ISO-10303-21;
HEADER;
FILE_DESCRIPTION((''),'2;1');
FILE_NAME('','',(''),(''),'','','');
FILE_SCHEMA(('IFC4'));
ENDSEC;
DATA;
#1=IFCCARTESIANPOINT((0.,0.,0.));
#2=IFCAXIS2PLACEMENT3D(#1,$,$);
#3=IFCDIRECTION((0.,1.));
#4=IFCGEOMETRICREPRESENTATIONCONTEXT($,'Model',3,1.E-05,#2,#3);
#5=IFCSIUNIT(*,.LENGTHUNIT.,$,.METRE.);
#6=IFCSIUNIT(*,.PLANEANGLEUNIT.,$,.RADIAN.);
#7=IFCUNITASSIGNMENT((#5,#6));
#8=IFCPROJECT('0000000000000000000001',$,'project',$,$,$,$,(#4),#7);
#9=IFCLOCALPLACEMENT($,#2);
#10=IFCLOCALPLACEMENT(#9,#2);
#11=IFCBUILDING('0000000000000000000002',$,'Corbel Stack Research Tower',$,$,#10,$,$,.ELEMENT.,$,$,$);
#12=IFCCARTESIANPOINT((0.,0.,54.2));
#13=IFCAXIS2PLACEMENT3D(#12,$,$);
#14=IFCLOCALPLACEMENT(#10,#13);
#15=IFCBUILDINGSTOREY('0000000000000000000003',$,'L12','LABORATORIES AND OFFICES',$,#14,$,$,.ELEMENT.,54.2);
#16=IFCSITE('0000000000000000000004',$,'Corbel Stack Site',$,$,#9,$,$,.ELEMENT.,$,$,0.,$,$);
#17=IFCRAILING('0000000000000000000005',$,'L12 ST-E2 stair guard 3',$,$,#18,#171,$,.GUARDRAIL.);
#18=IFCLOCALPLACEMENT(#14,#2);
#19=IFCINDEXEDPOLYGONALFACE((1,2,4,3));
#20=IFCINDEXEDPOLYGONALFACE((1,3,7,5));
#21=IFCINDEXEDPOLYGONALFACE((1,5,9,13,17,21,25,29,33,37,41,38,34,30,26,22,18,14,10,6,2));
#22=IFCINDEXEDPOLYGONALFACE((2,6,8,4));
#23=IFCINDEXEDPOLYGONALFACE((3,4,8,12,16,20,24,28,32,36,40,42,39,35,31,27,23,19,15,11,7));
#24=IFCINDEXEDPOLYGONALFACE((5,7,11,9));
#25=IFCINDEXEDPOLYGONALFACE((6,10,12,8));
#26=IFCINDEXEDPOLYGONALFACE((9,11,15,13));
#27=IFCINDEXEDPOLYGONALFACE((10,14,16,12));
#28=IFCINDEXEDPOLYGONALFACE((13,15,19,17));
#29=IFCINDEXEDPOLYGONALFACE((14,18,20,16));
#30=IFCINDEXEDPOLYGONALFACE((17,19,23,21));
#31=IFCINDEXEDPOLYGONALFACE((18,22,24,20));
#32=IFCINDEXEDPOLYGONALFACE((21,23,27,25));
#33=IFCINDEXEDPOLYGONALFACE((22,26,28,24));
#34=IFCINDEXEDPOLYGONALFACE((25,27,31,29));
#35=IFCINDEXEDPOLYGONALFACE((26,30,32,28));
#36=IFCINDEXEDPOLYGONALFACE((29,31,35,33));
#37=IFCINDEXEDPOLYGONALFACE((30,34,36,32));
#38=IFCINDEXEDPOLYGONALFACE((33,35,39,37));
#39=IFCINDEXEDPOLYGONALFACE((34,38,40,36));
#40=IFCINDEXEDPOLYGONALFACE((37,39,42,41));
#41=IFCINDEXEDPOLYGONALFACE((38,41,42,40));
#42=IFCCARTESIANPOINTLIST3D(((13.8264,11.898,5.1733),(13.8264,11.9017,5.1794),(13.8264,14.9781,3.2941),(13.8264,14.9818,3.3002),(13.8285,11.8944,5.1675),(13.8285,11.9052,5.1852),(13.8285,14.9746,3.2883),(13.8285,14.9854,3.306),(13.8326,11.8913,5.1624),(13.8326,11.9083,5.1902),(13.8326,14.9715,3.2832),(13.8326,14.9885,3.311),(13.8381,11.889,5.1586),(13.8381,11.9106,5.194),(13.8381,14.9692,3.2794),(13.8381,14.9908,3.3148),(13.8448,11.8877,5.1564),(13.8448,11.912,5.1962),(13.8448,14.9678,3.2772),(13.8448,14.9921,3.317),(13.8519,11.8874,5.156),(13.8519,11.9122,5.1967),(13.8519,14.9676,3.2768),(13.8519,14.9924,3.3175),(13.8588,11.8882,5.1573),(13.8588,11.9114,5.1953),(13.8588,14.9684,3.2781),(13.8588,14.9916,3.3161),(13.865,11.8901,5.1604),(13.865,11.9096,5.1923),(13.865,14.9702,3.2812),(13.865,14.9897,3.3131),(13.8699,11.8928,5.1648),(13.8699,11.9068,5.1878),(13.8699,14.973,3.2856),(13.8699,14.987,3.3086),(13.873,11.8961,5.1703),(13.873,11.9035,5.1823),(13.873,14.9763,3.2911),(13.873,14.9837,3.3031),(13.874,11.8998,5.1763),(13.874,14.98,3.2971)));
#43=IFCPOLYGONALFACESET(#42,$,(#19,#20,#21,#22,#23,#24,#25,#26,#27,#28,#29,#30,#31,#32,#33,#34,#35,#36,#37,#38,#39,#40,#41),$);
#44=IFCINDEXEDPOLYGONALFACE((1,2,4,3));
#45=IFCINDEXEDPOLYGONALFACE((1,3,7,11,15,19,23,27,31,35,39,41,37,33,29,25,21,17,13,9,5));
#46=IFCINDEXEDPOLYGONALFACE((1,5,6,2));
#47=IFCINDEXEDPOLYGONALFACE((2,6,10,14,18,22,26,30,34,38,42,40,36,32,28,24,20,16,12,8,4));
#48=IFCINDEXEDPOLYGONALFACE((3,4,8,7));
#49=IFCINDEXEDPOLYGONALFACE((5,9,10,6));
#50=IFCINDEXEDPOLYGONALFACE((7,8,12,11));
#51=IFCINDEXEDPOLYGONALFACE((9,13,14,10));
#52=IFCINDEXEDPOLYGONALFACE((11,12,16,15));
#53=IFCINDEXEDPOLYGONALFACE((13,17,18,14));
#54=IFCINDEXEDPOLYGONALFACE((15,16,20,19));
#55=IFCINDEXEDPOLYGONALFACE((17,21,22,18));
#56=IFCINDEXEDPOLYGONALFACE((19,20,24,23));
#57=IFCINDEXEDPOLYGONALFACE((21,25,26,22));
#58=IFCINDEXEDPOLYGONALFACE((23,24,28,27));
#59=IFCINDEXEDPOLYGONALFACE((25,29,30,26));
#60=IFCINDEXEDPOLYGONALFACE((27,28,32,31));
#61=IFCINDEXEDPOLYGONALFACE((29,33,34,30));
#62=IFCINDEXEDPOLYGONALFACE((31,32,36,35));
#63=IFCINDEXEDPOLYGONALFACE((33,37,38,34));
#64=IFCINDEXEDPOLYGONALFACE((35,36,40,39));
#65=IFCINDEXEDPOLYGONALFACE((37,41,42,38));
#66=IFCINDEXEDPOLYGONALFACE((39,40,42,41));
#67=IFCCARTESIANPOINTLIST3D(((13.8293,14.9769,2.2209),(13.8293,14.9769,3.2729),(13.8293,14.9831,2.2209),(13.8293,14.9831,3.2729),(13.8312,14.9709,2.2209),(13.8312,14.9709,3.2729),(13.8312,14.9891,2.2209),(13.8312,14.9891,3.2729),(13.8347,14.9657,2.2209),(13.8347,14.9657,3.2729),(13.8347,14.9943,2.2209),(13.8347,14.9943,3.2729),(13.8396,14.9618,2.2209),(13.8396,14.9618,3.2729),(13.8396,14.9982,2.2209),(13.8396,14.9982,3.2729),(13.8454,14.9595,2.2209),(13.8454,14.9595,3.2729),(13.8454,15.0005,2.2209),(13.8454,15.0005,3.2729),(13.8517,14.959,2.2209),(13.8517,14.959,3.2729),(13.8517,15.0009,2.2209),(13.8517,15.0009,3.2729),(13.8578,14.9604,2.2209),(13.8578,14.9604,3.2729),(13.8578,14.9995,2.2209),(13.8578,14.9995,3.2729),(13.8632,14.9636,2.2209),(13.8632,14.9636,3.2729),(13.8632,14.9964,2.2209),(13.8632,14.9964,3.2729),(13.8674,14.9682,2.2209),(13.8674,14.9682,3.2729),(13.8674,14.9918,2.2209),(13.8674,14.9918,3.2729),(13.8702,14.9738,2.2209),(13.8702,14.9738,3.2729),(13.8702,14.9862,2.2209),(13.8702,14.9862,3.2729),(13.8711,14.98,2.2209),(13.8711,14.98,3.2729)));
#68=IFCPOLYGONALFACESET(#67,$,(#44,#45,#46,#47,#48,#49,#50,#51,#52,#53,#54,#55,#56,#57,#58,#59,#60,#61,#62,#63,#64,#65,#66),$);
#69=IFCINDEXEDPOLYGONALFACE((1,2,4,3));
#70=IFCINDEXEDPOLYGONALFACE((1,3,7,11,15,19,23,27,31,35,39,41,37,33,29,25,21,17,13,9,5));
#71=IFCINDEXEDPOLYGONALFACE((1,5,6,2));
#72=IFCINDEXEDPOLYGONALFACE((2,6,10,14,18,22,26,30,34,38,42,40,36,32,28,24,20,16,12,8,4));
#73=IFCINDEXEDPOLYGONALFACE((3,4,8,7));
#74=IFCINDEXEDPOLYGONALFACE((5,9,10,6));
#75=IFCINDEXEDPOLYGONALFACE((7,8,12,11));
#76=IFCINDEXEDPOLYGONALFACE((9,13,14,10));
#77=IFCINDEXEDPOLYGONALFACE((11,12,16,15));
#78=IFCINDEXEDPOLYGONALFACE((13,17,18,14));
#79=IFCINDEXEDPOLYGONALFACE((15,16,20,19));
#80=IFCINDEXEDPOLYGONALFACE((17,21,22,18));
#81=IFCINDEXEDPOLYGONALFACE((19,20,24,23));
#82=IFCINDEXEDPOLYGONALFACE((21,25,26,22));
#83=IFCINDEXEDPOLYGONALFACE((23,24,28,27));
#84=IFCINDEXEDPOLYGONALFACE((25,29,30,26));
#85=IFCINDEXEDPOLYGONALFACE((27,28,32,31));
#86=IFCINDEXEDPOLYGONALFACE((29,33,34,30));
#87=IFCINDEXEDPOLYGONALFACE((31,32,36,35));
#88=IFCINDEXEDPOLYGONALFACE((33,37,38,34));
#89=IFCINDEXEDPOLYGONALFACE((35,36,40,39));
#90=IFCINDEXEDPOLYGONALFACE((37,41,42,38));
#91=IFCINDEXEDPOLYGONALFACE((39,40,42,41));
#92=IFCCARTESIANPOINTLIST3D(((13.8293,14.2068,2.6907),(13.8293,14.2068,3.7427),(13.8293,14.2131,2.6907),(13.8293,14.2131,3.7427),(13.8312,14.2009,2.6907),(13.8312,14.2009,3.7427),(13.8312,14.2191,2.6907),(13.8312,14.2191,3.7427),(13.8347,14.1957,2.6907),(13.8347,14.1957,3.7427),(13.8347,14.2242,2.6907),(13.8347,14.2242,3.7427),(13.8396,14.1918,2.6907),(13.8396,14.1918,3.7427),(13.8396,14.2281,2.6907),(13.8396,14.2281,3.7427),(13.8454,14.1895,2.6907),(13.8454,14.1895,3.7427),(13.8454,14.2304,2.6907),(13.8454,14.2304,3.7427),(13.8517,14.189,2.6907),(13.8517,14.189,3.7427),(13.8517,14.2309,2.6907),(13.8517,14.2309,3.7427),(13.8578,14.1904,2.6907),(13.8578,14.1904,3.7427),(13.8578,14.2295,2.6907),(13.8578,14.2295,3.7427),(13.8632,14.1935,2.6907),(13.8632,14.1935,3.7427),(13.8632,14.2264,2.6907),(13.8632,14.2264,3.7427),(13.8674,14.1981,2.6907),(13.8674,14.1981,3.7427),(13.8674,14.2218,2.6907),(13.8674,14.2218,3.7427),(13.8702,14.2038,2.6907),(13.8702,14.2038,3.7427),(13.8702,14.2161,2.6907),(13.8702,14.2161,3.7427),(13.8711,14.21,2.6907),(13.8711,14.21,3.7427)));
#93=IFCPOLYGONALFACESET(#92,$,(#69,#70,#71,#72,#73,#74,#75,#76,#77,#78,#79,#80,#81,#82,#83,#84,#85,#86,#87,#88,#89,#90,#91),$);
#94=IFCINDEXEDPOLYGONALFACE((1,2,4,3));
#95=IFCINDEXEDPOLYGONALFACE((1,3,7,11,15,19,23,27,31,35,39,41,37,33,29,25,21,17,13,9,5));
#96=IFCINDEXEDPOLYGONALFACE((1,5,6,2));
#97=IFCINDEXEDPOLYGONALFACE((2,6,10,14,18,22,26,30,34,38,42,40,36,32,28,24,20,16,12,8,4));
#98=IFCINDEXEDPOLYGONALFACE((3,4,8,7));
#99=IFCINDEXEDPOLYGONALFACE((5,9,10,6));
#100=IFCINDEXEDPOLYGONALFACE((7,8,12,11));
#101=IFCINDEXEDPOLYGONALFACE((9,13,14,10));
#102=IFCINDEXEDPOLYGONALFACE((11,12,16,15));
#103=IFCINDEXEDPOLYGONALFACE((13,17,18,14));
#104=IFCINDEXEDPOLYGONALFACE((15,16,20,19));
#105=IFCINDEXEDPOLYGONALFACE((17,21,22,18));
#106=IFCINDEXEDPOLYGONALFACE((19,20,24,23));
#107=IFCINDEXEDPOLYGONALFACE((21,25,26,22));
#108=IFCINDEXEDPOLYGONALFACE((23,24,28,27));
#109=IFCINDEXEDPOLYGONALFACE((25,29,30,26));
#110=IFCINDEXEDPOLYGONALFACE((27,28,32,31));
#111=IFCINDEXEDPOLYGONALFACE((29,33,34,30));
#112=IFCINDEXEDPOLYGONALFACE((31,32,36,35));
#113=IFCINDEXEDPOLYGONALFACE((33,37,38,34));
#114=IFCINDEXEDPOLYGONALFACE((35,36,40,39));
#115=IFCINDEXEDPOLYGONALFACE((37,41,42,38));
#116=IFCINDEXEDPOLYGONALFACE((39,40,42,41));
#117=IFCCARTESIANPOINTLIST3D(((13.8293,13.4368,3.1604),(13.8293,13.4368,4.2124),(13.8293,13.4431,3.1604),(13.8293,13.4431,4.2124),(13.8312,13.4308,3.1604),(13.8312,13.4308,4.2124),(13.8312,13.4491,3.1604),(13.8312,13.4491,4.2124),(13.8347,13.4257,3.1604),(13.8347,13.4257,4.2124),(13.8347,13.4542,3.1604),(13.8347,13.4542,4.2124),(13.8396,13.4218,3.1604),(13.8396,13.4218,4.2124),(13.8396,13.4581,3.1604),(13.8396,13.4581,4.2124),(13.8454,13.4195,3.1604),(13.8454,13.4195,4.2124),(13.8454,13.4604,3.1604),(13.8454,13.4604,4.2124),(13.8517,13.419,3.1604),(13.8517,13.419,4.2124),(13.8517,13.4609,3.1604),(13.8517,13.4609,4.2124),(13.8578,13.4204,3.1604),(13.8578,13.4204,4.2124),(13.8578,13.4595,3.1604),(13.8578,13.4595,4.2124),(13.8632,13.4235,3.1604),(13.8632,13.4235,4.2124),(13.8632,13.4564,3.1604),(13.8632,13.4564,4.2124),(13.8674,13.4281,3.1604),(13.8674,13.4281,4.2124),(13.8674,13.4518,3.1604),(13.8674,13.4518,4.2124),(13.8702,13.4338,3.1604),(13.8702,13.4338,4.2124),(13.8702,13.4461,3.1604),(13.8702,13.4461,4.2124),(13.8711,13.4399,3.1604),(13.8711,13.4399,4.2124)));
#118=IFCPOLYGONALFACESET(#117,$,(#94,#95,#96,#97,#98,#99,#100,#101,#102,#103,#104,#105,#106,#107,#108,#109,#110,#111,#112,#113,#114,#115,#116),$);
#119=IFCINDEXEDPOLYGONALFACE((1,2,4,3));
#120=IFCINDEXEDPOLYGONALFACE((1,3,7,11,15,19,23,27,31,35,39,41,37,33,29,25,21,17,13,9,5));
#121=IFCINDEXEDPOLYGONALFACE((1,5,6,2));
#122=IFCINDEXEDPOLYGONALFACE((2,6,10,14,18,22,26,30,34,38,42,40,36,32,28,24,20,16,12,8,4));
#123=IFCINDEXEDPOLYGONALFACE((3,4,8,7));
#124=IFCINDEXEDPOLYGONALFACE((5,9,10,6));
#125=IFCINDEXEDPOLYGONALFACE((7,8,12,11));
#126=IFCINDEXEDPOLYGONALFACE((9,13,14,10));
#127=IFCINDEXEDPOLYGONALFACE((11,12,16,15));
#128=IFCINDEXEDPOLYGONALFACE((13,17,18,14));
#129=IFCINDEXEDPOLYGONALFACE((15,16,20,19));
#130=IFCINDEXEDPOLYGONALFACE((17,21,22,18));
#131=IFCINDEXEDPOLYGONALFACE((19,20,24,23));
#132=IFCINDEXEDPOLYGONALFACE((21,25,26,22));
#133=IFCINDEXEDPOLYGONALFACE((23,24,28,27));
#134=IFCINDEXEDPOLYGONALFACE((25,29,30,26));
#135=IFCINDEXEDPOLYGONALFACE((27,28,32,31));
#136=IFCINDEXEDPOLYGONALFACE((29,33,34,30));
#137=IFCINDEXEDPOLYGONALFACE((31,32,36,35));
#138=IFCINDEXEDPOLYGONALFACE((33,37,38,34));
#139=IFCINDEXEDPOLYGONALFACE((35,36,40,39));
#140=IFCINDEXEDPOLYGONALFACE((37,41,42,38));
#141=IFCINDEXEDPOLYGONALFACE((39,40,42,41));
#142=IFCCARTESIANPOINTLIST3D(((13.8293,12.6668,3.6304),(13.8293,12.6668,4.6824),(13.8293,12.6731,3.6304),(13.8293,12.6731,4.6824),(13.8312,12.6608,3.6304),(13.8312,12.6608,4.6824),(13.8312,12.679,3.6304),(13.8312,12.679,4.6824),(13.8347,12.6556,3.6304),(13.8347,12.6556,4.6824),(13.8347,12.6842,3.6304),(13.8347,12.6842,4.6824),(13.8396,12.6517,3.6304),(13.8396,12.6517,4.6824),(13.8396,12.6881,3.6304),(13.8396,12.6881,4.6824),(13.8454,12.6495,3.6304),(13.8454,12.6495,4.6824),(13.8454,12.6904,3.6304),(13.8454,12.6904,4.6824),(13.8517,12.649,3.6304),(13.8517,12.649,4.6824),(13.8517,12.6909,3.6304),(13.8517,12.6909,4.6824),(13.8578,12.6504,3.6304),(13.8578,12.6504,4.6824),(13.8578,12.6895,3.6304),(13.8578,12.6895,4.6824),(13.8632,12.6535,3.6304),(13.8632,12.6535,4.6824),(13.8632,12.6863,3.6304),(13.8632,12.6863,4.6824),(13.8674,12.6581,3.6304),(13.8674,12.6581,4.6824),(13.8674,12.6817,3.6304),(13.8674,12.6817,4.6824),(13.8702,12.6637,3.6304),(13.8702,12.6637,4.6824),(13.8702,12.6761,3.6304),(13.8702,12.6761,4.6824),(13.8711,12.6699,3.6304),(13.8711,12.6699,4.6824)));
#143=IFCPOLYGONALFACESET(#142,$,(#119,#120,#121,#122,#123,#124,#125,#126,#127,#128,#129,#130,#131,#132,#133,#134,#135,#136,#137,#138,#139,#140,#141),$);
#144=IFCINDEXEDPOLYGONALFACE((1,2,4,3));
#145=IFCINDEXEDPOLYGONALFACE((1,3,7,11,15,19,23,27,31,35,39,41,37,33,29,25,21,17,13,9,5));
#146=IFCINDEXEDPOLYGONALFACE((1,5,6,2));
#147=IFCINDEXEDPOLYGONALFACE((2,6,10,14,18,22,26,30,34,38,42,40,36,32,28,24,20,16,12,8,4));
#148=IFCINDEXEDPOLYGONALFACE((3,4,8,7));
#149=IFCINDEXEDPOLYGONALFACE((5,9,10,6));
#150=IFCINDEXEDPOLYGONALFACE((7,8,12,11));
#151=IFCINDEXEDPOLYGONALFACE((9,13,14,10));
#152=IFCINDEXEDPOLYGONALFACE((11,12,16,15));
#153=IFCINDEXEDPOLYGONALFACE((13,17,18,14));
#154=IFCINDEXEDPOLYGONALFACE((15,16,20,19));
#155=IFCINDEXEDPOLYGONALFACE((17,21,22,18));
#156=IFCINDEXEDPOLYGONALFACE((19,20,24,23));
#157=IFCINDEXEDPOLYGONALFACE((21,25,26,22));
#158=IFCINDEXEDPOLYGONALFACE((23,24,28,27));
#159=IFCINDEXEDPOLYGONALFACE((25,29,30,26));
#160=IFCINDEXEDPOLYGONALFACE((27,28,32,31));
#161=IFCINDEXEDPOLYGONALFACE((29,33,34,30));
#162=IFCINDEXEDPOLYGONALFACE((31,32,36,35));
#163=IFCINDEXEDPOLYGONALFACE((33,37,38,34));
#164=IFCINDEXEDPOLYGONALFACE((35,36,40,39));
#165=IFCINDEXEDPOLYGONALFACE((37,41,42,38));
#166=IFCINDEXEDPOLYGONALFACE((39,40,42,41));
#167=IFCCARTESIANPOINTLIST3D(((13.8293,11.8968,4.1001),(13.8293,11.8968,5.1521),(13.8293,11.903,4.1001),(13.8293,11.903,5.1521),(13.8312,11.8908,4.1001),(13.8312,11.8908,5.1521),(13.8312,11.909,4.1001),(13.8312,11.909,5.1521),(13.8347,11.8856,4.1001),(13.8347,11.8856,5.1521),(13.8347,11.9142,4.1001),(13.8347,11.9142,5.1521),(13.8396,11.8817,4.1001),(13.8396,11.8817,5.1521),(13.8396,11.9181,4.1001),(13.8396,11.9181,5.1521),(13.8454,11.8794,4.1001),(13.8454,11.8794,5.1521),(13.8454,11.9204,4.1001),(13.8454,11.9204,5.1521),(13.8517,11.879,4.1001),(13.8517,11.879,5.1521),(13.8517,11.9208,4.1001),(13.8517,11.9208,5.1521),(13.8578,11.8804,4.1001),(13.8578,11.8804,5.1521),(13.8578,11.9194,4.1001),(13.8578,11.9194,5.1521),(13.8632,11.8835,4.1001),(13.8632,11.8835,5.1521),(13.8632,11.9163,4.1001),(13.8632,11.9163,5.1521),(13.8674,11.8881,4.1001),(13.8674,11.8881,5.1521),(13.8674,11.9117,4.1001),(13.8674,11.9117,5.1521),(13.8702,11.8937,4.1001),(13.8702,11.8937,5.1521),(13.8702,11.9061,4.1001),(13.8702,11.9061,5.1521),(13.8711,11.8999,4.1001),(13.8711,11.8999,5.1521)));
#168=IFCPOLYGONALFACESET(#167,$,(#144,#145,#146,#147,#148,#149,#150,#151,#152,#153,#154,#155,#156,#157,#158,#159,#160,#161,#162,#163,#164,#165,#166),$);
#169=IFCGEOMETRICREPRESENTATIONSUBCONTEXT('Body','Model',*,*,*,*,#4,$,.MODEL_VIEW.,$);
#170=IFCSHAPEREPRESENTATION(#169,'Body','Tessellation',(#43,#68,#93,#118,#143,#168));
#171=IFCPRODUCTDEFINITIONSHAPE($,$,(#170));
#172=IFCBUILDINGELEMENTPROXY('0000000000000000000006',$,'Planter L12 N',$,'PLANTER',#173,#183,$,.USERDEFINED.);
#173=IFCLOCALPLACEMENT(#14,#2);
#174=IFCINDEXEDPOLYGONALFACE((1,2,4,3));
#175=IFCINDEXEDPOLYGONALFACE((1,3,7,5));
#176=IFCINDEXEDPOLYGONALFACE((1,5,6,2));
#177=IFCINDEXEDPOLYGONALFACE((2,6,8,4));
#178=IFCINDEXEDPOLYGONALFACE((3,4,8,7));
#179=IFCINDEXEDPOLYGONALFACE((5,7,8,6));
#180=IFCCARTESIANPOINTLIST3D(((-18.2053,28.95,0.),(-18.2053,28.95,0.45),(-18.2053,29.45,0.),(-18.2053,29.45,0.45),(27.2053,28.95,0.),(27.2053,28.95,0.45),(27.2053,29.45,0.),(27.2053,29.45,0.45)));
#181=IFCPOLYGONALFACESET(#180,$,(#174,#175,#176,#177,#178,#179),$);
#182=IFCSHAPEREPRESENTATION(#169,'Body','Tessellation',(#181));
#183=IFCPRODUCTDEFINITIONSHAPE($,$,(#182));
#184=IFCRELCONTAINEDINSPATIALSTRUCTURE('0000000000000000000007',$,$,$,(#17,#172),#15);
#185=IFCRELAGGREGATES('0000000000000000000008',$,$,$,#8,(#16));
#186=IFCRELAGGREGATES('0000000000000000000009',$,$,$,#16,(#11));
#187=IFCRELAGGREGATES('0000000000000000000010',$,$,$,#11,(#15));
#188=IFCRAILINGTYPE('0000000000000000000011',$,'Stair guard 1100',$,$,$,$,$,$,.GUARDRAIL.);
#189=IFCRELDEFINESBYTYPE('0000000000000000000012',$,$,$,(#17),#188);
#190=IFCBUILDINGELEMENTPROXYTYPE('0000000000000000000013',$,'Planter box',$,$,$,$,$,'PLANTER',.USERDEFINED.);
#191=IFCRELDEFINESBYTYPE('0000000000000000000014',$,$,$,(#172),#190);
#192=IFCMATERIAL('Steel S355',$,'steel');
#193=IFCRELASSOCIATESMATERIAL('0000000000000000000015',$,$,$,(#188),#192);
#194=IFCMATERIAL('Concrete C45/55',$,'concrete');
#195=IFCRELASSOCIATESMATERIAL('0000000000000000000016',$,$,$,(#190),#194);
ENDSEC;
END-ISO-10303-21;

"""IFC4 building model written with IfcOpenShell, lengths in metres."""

from ifc_helpers import new_model, si_unit, direction, frame, origin, origin_2d, place, context, subcontext, project, spatial, rectangle, circle, extrude, material, type_object, element, save


model = new_model("IFC4")

# Units and contexts
model_context = context("Model", 3, precision=1e-05, world=origin(), true_north=direction((0.0, 1.0)))
body_context = subcontext(model_context, "Body", "Model", "MODEL_VIEW")
ifc_project = project(units=[si_unit("LENGTHUNIT", "METRE"), si_unit("PLANEANGLEUNIT", "RADIAN")], contexts=[model_context])

# Site, building, storey
site_placement = place(None, origin())
site = spatial("IfcSite", under=ifc_project, at=site_placement, Name="Corbel Stack Site", CompositionType="ELEMENT", RefElevation=0.0)
building_placement = place(site_placement, origin())
building = spatial("IfcBuilding", under=site, at=building_placement, Name="Corbel Stack Research Tower", CompositionType="ELEMENT")
storey_placement = place(building_placement, frame((0.0, 0.0, 54.2)))
storey = spatial("IfcBuildingStorey", under=building, at=storey_placement, Name="L12", Description="LABORATORIES AND OFFICES", CompositionType="ELEMENT", Elevation=54.2)

# Railing
ifc_material_1 = material(Name="Steel S355", Category="steel")
railing_type = type_object("IfcRailingType", Name="Stair guard 1100", PredefinedType="GUARDRAIL", material=ifc_material_1)
railing_1_placement = place(storey_placement, frame((13.8501, 14.98, 2.2209)))
element("IfcRailing", 1, at=railing_1_placement, inside=storey, type_object=railing_type, Name="L12 ST-E2 stair guard 3", PredefinedType="GUARDRAIL", context=body_context, shape_type="SweptSolid", body=[
    extrude(circle(Radius=0.0239, at=origin_2d()), frame((0.0, 0.0, 1.0762), z_axis=(0.0, -0.853666, 0.52082), x_axis=(1.0, 0.0, 0.0)), (0.0, 0.0, 1.0), 3.6082),
    extrude(circle(Radius=0.021, at=origin_2d()), origin(), (0.0, 0.0, 1.0), 1.052),
    extrude(circle(Radius=0.021, at=origin_2d()), frame((0.0, -0.77, 0.4697)), (0.0, 0.0, 1.0), 1.052),
    extrude(circle(Radius=0.021, at=origin_2d()), frame((0.0, -1.54, 0.9395)), (0.0, 0.0, 1.0), 1.052),
    extrude(circle(Radius=0.021, at=origin_2d()), frame((0.0, -2.3101, 1.4094)), (0.0, 0.0, 1.0), 1.052),
    extrude(circle(Radius=0.021, at=origin_2d()), frame((0.0, -3.0801, 1.8792)), (0.0, 0.0, 1.0), 1.052),
])

# Building element proxy
ifc_material_2 = material(Name="Concrete C45/55", Category="concrete")
building_element_proxy_type = type_object("IfcBuildingElementProxyType", Name="Planter box", ElementType="PLANTER", PredefinedType="USERDEFINED", material=ifc_material_2)
proxy_placement = place(storey_placement, frame((4.5, 29.2, 0.0), z_axis=(0.0, 0.0, 1.0), x_axis=(-1.0, 0.0, 0.0)))
element("IfcBuildingElementProxy", 2, at=proxy_placement, inside=storey, type_object=building_element_proxy_type, Name="Planter L12 N", ObjectType="PLANTER", PredefinedType="USERDEFINED", context=body_context, shape_type="SweptSolid", body=[
    extrude(rectangle(XDim=45.4106, YDim=0.5, at=origin_2d()), origin(), (0.0, 0.0, 1.0), 0.45),
])

save(model, "model.ifc")
